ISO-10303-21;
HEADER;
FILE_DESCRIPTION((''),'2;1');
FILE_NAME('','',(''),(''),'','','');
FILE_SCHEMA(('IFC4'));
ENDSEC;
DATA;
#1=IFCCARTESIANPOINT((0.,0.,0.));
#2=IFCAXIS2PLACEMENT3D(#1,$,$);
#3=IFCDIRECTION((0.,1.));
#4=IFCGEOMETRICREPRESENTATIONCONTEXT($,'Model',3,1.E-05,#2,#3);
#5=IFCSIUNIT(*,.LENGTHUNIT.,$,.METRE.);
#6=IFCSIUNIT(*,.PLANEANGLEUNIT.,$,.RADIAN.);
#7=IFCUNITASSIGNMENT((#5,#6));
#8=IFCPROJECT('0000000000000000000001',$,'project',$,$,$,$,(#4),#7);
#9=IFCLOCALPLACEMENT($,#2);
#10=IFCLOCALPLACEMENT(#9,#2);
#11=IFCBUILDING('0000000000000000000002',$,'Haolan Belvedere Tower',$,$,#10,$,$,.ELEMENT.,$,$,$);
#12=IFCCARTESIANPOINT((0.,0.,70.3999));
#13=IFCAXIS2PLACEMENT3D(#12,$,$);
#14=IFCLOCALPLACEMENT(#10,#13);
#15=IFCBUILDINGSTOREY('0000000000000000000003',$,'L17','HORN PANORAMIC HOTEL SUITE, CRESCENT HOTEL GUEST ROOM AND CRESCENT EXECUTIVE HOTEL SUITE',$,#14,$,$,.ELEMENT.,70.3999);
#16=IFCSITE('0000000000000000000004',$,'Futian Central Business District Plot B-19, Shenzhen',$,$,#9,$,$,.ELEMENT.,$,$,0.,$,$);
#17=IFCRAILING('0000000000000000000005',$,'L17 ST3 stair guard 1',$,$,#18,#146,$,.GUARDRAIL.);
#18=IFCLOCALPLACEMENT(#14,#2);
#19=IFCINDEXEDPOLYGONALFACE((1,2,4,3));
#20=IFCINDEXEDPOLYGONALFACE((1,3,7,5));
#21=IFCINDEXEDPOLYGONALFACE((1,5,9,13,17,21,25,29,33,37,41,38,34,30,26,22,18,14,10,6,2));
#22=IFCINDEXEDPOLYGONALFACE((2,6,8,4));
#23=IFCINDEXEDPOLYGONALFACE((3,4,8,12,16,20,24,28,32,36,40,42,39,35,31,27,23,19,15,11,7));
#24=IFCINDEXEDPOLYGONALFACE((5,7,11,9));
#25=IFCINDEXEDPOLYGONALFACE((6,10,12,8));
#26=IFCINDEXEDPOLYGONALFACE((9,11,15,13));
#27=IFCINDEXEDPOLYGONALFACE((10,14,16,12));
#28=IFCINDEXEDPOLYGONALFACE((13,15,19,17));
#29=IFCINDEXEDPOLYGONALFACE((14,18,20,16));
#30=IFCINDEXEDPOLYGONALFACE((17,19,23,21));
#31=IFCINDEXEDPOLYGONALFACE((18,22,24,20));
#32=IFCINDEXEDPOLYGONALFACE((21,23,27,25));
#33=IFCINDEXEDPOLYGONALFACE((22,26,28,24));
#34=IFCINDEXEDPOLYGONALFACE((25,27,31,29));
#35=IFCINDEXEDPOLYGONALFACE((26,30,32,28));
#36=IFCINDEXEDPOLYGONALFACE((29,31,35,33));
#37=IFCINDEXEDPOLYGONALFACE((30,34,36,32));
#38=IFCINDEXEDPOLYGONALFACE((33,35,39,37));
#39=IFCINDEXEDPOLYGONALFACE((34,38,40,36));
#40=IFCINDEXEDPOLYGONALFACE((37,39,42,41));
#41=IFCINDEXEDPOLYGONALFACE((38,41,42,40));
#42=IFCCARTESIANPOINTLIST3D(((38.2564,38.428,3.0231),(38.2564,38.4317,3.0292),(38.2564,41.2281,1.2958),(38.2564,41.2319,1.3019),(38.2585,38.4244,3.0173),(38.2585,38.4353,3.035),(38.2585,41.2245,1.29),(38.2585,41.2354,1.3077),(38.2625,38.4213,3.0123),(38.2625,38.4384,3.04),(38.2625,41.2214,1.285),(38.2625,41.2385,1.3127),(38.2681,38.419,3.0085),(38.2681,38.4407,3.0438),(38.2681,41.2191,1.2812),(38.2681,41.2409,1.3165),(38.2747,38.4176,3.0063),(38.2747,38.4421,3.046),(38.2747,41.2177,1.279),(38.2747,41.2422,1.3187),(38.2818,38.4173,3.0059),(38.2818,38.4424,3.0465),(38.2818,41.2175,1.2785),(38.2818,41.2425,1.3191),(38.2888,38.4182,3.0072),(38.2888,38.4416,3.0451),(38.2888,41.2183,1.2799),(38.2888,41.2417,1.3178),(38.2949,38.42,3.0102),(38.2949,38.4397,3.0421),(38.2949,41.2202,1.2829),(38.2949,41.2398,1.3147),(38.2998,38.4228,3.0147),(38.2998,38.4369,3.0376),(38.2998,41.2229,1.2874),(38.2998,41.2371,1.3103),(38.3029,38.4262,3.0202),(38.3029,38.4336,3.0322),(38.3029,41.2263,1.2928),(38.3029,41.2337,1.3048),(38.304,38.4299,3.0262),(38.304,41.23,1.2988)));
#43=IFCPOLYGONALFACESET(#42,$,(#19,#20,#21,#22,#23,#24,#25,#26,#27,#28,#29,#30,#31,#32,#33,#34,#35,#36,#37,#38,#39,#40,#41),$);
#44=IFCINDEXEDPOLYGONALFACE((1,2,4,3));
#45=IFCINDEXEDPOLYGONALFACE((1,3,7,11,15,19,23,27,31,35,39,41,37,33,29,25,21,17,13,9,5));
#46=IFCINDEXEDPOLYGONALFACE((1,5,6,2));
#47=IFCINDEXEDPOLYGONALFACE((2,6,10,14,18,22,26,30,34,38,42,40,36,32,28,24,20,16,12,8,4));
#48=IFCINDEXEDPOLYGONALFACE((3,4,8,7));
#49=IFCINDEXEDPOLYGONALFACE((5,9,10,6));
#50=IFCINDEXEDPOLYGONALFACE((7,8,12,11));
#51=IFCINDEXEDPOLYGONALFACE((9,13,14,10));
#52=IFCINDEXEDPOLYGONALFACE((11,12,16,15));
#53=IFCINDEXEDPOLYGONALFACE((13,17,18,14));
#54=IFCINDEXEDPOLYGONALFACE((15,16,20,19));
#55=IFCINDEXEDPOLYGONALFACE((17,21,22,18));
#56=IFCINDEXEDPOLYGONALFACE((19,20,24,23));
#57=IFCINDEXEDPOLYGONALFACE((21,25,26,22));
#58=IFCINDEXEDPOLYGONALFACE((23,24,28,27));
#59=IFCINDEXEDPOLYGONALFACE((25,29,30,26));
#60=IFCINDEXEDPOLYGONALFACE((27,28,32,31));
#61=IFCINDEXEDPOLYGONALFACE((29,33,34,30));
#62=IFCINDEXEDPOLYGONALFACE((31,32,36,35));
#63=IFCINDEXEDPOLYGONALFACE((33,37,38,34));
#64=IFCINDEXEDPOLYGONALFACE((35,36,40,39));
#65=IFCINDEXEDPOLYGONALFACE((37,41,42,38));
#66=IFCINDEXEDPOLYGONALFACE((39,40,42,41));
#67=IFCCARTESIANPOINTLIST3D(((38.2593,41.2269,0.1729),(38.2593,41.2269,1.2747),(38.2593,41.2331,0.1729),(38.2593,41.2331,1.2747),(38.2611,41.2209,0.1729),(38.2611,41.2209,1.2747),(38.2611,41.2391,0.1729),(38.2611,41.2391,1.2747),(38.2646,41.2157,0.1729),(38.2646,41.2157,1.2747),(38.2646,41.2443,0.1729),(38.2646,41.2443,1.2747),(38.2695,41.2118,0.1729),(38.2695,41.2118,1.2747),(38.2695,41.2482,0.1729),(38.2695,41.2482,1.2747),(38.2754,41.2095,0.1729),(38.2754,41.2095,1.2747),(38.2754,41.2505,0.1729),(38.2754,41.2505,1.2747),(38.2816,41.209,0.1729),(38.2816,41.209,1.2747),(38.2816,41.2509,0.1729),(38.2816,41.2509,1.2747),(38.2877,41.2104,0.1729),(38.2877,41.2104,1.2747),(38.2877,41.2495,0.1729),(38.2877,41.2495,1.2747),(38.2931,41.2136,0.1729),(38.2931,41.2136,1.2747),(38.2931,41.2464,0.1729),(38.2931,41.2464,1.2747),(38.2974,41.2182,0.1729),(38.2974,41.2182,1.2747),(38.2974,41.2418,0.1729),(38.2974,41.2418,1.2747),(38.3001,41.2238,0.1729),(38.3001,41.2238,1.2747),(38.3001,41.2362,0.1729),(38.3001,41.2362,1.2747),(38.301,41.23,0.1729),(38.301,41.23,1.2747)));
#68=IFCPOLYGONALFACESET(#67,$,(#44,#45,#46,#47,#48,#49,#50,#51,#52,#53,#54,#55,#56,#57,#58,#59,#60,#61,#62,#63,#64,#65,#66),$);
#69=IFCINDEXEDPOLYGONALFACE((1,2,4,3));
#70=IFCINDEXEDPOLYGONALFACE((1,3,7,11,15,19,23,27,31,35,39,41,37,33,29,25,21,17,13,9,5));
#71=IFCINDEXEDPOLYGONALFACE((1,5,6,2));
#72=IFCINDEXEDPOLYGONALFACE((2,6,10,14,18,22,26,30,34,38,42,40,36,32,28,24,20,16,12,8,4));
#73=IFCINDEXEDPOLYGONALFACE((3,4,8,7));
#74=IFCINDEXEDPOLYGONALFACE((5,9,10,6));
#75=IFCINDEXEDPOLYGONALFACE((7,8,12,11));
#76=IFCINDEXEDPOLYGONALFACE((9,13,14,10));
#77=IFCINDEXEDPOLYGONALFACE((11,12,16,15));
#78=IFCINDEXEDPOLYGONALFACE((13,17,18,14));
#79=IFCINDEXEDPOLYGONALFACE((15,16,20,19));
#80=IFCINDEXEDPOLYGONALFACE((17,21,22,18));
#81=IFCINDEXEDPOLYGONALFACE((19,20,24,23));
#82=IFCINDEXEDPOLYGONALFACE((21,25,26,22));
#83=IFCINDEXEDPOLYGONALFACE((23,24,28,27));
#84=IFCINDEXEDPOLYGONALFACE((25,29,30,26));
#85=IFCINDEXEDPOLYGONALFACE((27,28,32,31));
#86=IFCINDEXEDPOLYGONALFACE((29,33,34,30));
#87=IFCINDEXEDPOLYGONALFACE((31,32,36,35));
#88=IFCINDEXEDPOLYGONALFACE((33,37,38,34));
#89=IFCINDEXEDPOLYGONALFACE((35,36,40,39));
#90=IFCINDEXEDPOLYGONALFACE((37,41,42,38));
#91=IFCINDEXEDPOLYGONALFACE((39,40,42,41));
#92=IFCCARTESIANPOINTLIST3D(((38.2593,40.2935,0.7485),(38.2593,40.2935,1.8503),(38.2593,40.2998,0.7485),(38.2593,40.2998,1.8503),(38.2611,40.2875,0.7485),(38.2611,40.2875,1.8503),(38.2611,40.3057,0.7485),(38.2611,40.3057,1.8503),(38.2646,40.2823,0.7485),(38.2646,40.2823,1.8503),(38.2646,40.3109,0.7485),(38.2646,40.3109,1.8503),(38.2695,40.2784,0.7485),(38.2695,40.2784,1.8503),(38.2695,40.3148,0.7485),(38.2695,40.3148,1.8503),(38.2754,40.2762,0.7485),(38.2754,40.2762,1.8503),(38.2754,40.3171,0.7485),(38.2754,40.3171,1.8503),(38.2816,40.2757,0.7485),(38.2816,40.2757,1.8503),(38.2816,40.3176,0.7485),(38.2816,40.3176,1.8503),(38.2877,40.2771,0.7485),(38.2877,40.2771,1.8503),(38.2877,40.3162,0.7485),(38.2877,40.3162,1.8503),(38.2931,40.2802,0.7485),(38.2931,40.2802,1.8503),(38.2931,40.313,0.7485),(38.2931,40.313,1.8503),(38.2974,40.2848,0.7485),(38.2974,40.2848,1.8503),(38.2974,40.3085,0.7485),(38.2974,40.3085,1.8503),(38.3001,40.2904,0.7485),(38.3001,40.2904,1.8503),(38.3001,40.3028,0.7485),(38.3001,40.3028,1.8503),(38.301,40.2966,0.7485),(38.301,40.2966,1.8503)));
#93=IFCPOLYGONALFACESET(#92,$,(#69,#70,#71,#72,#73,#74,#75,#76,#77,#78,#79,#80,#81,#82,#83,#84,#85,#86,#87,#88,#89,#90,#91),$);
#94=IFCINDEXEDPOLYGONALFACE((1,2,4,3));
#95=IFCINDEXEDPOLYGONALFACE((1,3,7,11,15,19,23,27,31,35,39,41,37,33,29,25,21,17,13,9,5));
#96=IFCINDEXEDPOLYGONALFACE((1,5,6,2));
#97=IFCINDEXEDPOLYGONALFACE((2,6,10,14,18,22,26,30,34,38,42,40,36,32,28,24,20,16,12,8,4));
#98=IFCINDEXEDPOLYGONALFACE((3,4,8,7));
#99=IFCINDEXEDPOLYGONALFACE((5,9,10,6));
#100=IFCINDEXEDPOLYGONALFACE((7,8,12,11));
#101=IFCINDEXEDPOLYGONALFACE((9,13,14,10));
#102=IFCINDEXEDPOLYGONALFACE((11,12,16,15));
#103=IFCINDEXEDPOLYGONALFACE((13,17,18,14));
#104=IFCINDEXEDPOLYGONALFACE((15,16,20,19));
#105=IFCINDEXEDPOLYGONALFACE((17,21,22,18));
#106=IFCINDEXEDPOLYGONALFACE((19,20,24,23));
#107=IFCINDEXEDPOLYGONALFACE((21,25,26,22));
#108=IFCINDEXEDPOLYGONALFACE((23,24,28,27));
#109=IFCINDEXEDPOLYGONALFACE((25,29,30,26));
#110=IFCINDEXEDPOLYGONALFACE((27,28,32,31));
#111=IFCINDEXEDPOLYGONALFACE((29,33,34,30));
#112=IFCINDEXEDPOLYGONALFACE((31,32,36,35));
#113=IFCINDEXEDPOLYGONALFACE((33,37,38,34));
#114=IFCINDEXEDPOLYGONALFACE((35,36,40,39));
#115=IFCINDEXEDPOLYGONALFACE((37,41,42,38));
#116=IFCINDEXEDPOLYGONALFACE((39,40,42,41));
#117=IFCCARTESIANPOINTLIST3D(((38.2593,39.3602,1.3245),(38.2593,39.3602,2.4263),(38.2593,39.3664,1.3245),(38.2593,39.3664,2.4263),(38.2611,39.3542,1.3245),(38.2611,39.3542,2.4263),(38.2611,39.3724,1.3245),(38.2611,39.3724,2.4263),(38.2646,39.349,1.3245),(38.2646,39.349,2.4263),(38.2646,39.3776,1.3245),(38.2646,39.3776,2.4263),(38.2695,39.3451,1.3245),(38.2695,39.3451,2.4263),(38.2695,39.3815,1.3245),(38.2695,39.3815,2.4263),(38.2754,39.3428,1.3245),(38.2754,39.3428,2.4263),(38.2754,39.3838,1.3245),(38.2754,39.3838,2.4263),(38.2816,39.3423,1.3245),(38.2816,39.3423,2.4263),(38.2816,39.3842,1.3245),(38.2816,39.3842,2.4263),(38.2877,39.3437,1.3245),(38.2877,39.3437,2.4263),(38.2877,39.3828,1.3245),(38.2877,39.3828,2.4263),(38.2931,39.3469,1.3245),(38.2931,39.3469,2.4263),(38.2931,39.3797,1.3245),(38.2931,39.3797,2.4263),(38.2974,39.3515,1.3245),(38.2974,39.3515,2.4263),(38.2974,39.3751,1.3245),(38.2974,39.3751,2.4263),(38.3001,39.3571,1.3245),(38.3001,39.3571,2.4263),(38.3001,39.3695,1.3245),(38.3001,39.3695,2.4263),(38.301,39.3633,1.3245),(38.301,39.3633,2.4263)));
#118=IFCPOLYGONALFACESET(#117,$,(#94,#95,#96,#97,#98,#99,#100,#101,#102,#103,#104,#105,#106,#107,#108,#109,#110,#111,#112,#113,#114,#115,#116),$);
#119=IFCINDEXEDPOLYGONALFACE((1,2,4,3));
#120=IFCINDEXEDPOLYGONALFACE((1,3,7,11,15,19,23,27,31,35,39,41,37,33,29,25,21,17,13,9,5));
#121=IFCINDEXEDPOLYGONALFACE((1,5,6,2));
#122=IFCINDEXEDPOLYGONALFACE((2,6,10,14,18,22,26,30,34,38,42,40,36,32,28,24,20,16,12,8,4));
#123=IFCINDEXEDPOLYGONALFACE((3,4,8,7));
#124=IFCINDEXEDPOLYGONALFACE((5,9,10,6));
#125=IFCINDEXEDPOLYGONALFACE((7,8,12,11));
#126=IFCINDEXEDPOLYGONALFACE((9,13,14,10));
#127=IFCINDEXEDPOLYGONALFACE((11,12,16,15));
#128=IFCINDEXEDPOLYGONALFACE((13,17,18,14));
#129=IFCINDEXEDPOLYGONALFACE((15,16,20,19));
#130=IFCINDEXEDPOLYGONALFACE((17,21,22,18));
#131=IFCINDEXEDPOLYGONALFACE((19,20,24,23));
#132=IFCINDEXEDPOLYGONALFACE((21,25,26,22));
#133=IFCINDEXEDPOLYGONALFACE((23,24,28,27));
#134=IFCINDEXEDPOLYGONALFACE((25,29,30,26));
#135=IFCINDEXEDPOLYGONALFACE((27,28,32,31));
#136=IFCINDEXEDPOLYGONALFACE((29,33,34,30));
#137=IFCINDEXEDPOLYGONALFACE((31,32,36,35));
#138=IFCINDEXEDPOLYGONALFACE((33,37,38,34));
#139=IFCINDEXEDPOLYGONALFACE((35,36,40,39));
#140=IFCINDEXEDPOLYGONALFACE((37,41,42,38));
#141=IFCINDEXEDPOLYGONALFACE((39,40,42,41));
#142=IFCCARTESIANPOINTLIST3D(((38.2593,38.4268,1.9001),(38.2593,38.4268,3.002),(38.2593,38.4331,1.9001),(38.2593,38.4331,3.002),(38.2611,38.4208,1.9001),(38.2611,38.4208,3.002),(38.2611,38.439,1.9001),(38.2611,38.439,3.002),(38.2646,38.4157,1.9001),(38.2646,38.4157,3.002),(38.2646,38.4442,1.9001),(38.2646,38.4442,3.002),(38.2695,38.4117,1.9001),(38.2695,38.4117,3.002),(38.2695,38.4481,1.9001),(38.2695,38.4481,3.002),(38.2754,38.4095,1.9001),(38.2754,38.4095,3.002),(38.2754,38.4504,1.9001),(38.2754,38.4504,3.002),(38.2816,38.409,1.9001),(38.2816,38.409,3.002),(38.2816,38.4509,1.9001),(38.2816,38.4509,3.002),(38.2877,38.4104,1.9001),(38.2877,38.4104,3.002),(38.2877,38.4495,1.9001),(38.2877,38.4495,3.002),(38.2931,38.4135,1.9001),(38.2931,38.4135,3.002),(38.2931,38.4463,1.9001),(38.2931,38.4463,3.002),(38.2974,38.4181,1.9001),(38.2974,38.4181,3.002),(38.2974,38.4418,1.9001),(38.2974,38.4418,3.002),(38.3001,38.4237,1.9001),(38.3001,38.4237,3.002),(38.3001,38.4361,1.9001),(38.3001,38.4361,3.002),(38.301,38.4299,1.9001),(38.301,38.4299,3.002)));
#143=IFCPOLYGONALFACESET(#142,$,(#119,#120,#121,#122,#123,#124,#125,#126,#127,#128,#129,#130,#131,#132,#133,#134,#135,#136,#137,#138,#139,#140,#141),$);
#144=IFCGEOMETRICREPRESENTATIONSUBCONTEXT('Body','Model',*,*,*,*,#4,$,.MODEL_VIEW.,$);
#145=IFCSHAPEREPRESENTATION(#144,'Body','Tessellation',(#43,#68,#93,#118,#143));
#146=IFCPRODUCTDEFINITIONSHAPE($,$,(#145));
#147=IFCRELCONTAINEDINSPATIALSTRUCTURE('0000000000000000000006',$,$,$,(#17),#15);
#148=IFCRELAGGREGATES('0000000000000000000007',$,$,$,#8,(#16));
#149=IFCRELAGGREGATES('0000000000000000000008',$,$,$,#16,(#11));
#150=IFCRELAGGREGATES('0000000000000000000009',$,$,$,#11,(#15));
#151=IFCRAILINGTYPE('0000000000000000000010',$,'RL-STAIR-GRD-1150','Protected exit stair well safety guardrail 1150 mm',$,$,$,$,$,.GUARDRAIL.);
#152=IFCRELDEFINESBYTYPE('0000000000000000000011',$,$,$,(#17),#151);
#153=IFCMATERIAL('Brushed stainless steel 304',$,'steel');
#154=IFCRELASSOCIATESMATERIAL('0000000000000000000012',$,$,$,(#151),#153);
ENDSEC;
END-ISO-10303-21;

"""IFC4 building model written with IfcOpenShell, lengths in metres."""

from ifc_helpers import new_model, si_unit, direction, frame, origin, origin_2d, place, context, subcontext, project, spatial, circle, extrude, material, type_object, element, save


model = new_model("IFC4")

# Units and contexts
model_context = context("Model", 3, precision=1e-05, world=origin(), true_north=direction((0.0, 1.0)))
body_context = subcontext(model_context, "Body", "Model", "MODEL_VIEW")
ifc_project = project(units=[si_unit("LENGTHUNIT", "METRE"), si_unit("PLANEANGLEUNIT", "RADIAN")], contexts=[model_context])

# Site, building, storey
site_placement = place(None, origin())
site = spatial("IfcSite", under=ifc_project, at=site_placement, Name="Futian Central Business District Plot B-19, Shenzhen", CompositionType="ELEMENT", RefElevation=0.0)
building_placement = place(site_placement, origin())
building = spatial("IfcBuilding", under=site, at=building_placement, Name="Haolan Belvedere Tower", CompositionType="ELEMENT")
storey_placement = place(building_placement, frame((0.0, 0.0, 70.3999)))
storey = spatial("IfcBuildingStorey", under=building, at=storey_placement, Name="L17", Description="HORN PANORAMIC HOTEL SUITE, CRESCENT HOTEL GUEST ROOM AND CRESCENT EXECUTIVE HOTEL SUITE", CompositionType="ELEMENT", Elevation=70.3999)

# Railing
ifc_material_1 = material(Name="Brushed stainless steel 304", Category="steel")
railing_type_1 = type_object("IfcRailingType", Name="RL-STAIR-GRD-1150", Description="Protected exit stair well safety guardrail 1150 mm", PredefinedType="GUARDRAIL", material=ifc_material_1)
railing_1_placement = place(storey_placement, frame((38.28, 41.23, 0.1729)))
element("IfcRailing", 1, at=railing_1_placement, inside=storey, type_object=railing_type_1, Name="L17 ST3 stair guard 1", PredefinedType="GUARDRAIL", context=body_context, shape_type="SweptSolid", body=[
    extrude(circle(Radius=0.0239, at=origin_2d()), frame((0.0, 0.0, 1.126), z_axis=(0.0, -0.85109, 0.52502), x_axis=(1.0, 0.0, 0.0)), (0.0, 0.0, 1.0), 3.29),
    extrude(circle(Radius=0.021, at=origin_2d()), origin(), (0.0, 0.0, 1.0), 1.1018),
    extrude(circle(Radius=0.021, at=origin_2d()), frame((0.0, -0.9333, 0.5757)), (0.0, 0.0, 1.0), 1.1018),
    extrude(circle(Radius=0.021, at=origin_2d()), frame((0.0, -1.8667, 1.1516)), (0.0, 0.0, 1.0), 1.1018),
    extrude(circle(Radius=0.021, at=origin_2d()), frame((0.0, -2.8, 1.7273)), (0.0, 0.0, 1.0), 1.1018),
])

save(model, "model.ifc")
